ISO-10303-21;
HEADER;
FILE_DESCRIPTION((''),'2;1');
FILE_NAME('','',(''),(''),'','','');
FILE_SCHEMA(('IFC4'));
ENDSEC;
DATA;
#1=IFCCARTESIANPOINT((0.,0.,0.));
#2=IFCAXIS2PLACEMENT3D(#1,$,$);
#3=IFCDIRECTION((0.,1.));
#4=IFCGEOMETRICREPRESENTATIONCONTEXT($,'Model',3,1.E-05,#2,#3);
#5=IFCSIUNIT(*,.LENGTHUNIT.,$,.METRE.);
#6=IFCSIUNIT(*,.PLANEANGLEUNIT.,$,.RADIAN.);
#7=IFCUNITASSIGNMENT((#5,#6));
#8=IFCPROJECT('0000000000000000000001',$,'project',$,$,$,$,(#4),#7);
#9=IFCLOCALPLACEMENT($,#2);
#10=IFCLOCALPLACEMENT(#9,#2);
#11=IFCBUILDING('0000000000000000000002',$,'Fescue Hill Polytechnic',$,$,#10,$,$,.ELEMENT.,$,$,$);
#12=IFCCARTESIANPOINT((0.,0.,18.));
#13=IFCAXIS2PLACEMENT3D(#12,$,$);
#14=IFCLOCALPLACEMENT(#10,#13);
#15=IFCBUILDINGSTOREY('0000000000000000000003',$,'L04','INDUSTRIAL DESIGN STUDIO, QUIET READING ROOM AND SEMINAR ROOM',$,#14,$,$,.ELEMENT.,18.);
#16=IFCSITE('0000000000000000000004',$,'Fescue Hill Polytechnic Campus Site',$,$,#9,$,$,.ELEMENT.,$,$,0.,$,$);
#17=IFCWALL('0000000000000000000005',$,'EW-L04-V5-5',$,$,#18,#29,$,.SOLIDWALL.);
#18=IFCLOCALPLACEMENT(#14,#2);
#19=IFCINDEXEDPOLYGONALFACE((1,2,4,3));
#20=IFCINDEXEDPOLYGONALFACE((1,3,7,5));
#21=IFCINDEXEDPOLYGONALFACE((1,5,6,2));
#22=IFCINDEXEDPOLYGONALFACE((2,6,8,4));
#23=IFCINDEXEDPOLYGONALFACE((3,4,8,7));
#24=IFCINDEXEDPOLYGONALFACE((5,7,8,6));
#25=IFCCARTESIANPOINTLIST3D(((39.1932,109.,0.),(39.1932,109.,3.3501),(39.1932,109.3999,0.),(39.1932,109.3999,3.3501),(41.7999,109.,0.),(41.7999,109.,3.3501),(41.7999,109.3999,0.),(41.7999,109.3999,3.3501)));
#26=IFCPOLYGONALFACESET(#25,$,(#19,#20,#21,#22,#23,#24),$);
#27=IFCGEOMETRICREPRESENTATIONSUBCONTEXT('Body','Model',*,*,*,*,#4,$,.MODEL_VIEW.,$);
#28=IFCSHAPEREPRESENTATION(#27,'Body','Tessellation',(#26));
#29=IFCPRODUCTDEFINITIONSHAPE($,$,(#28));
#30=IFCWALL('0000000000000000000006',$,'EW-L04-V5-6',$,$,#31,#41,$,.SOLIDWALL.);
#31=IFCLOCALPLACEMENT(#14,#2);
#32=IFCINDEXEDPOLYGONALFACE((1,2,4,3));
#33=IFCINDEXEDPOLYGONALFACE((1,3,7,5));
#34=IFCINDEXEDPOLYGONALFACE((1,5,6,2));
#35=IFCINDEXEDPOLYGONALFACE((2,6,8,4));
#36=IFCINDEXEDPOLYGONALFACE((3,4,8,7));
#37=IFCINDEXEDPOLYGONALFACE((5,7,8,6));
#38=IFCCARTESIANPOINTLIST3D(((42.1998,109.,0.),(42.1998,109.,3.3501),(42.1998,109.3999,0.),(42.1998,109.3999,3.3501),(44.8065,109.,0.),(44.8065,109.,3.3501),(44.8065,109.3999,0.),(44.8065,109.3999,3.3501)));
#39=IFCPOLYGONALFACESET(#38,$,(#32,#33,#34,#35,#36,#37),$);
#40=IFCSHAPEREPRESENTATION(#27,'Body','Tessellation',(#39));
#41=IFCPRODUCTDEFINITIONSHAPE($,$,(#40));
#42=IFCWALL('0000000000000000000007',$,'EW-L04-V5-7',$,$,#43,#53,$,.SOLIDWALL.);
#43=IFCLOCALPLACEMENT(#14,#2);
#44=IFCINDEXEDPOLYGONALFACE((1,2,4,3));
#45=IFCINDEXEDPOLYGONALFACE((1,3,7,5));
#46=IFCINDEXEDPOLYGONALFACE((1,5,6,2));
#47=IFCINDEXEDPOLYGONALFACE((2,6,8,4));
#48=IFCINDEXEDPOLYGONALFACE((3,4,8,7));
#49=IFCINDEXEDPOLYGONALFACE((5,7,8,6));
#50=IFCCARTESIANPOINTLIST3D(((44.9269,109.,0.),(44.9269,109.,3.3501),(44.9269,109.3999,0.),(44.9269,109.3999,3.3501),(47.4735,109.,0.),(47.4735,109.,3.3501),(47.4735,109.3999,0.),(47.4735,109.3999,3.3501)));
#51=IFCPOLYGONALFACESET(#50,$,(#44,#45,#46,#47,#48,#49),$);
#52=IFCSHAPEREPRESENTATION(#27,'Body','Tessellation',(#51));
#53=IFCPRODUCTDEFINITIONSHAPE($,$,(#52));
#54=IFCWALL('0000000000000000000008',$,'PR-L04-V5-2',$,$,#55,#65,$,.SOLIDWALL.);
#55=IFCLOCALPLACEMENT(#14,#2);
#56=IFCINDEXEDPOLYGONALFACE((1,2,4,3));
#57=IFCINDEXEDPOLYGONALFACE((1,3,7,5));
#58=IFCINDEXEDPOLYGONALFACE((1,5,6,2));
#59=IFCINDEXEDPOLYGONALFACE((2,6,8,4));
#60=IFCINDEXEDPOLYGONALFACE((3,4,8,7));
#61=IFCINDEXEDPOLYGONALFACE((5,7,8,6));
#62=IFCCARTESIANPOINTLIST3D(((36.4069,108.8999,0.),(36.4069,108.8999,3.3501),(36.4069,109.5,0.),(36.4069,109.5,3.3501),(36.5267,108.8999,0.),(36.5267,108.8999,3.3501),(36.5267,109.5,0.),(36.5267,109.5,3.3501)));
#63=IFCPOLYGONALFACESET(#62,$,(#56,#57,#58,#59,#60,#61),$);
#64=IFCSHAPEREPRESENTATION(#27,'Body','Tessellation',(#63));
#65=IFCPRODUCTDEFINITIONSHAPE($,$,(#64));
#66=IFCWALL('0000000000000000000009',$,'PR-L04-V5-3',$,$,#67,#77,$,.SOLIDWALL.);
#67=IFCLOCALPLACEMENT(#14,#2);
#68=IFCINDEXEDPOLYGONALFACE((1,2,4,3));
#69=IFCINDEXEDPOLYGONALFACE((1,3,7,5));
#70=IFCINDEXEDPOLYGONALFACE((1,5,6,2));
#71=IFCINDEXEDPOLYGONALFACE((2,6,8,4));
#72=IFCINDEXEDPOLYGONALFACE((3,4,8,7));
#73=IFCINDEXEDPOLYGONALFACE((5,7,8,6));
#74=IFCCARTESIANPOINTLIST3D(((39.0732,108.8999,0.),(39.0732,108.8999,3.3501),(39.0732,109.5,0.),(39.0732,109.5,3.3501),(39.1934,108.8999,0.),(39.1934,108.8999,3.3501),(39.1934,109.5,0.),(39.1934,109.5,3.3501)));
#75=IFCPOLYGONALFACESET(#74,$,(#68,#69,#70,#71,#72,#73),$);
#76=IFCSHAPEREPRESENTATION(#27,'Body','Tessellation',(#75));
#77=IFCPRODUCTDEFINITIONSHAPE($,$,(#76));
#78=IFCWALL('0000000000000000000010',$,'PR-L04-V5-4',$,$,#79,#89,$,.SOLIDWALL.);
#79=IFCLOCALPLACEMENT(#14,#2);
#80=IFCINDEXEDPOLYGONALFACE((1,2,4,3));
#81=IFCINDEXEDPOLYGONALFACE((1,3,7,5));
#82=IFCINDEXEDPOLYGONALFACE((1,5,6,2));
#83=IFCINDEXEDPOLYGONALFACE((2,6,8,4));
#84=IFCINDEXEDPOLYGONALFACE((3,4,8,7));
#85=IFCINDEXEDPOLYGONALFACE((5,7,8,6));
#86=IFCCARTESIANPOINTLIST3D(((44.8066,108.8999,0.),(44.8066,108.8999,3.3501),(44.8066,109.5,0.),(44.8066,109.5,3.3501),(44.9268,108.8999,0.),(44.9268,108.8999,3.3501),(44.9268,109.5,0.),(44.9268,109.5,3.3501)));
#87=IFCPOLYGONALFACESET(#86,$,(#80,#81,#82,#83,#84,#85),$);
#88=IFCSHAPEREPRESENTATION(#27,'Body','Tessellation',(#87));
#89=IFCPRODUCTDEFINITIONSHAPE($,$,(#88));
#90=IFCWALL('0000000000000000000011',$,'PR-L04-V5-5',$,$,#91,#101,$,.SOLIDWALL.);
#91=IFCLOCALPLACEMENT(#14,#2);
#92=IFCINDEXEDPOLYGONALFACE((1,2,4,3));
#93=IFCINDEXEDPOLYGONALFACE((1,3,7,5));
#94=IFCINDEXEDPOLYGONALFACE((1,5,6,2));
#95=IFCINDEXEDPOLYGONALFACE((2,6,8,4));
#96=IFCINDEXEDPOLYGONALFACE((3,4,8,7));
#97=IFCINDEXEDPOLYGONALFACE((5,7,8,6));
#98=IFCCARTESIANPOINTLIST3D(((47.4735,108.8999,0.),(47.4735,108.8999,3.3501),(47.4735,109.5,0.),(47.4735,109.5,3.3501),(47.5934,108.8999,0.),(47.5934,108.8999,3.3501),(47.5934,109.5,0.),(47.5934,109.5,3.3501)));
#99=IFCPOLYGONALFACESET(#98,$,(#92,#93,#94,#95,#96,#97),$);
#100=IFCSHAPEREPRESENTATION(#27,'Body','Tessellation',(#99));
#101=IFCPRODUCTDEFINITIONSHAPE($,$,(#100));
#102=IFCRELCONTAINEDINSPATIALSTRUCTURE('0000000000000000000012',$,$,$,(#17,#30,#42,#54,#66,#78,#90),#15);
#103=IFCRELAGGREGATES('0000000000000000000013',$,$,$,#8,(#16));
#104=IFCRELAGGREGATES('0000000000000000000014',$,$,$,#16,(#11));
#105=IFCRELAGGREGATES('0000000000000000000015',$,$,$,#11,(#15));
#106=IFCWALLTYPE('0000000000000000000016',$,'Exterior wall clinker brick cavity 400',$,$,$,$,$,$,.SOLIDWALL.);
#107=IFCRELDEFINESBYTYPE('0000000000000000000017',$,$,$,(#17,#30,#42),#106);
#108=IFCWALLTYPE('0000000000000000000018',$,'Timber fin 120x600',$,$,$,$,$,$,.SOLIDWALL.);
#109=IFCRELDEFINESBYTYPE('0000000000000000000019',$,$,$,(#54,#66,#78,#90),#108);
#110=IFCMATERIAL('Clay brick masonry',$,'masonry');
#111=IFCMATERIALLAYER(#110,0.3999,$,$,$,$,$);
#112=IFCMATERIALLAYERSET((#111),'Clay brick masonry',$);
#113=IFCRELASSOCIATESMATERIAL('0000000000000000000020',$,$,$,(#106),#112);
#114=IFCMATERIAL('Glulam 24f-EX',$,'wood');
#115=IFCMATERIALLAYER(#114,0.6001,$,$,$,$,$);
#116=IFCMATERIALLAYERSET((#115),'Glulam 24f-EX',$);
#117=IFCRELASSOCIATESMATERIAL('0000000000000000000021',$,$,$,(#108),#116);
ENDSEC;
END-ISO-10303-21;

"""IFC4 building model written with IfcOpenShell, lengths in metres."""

from ifc_helpers import new_model, si_unit, direction, frame, frame_2d, origin, place, context, subcontext, project, spatial, rectangle, extrude, material, layer, layer_set, type_object, element, save


model = new_model("IFC4")

# Units and contexts
model_context = context("Model", 3, precision=1e-05, world=origin(), true_north=direction((0.0, 1.0)))
body_context = subcontext(model_context, "Body", "Model", "MODEL_VIEW")
ifc_project = project(units=[si_unit("LENGTHUNIT", "METRE"), si_unit("PLANEANGLEUNIT", "RADIAN")], contexts=[model_context])

# Site, building, storey
site_placement = place(None, origin())
site = spatial("IfcSite", under=ifc_project, at=site_placement, Name="Fescue Hill Polytechnic Campus Site", CompositionType="ELEMENT", RefElevation=0.0)
building_placement = place(site_placement, origin())
building = spatial("IfcBuilding", under=site, at=building_placement, Name="Fescue Hill Polytechnic", CompositionType="ELEMENT")
storey_placement = place(building_placement, frame((0.0, 0.0, 18.0)))
storey = spatial("IfcBuildingStorey", under=building, at=storey_placement, Name="L04", Description="INDUSTRIAL DESIGN STUDIO, QUIET READING ROOM AND SEMINAR ROOM", CompositionType="ELEMENT", Elevation=18.0)

# Walls
ifc_material_1 = material(Name="Clay brick masonry", Category="masonry")
ifc_layer_1 = layer(ifc_material_1, 0.3999)
ifc_layer_set_1 = layer_set([ifc_layer_1], Name="Clay brick masonry")
wall_type_1 = type_object("IfcWallType", Name="Exterior wall clinker brick cavity 400", PredefinedType="SOLIDWALL", material=ifc_layer_set_1)
for number, where, z_axis, x_axis, name in (
    (1, (39.1934, 109.2, 0.0), (0.0, 0.0, 1.0), (1.0, 0.0, 0.0), "EW-L04-V5-5"),
    (2, (42.2, 109.2, 0.0), (0.0, 0.0, 1.0), (1.0, 0.0, 0.0), "EW-L04-V5-6"),
):
    element("IfcWall", number, at=place(storey_placement, frame(where, z_axis=z_axis, x_axis=x_axis)), inside=storey, type_object=wall_type_1, Name=name, PredefinedType="SOLIDWALL", context=body_context, shape_type="SweptSolid", body=[
        extrude(rectangle(XDim=2.6067, YDim=0.3999, at=frame_2d((1.3032, 0.0))), origin(), (0.0, 0.0, 1.0), 3.3501),
    ])
wall_1_placement = place(storey_placement, frame((44.9268, 109.2, 0.0), z_axis=(0.0, 0.0, 1.0), x_axis=(1.0, 0.0, 0.0)))
element("IfcWall", 3, at=wall_1_placement, inside=storey, type_object=wall_type_1, Name="EW-L04-V5-7", PredefinedType="SOLIDWALL", context=body_context, shape_type="SweptSolid", body=[
    extrude(rectangle(XDim=2.5466, YDim=0.3999, at=frame_2d((1.2734, 0.0))), origin(), (0.0, 0.0, 1.0), 3.3501),
])
ifc_material_2 = material(Name="Glulam 24f-EX", Category="wood")
ifc_layer_2 = layer(ifc_material_2, 0.6001)
ifc_layer_set_2 = layer_set([ifc_layer_2], Name="Glulam 24f-EX")
wall_type_2 = type_object("IfcWallType", Name="Timber fin 120x600", PredefinedType="SOLIDWALL", material=ifc_layer_set_2)
wall_2_placement = place(storey_placement, frame((36.4067, 109.2, 0.0), z_axis=(0.0, 0.0, 1.0), x_axis=(1.0, 0.0, 0.0)))
element("IfcWall", 4, at=wall_2_placement, inside=storey, type_object=wall_type_2, Name="PR-L04-V5-2", PredefinedType="SOLIDWALL", context=body_context, shape_type="SweptSolid", body=[
    extrude(rectangle(XDim=0.1199, YDim=0.6001, at=frame_2d((0.0601, 0.0))), origin(), (0.0, 0.0, 1.0), 3.3501),
])
for number, where, z_axis, x_axis, name in (
    (5, (39.0732, 109.2, 0.0), (0.0, 0.0, 1.0), (1.0, 0.0, 0.0), "PR-L04-V5-3"),
    (6, (44.8066, 109.2, 0.0), (0.0, 0.0, 1.0), (1.0, 0.0, 0.0), "PR-L04-V5-4"),
):
    element("IfcWall", number, at=place(storey_placement, frame(where, z_axis=z_axis, x_axis=x_axis)), inside=storey, type_object=wall_type_2, Name=name, PredefinedType="SOLIDWALL", context=body_context, shape_type="SweptSolid", body=[
        extrude(rectangle(XDim=0.1201, YDim=0.6001, at=frame_2d((0.0601, 0.0))), origin(), (0.0, 0.0, 1.0), 3.3501),
    ])
wall_3_placement = place(storey_placement, frame((47.4734, 109.2, 0.0), z_axis=(0.0, 0.0, 1.0), x_axis=(1.0, 0.0, 0.0)))
element("IfcWall", 7, at=wall_3_placement, inside=storey, type_object=wall_type_2, Name="PR-L04-V5-5", PredefinedType="SOLIDWALL", context=body_context, shape_type="SweptSolid", body=[
    extrude(rectangle(XDim=0.1199, YDim=0.6001, at=frame_2d((0.0601, 0.0))), origin(), (0.0, 0.0, 1.0), 3.3501),
])

save(model, "model.ifc")
